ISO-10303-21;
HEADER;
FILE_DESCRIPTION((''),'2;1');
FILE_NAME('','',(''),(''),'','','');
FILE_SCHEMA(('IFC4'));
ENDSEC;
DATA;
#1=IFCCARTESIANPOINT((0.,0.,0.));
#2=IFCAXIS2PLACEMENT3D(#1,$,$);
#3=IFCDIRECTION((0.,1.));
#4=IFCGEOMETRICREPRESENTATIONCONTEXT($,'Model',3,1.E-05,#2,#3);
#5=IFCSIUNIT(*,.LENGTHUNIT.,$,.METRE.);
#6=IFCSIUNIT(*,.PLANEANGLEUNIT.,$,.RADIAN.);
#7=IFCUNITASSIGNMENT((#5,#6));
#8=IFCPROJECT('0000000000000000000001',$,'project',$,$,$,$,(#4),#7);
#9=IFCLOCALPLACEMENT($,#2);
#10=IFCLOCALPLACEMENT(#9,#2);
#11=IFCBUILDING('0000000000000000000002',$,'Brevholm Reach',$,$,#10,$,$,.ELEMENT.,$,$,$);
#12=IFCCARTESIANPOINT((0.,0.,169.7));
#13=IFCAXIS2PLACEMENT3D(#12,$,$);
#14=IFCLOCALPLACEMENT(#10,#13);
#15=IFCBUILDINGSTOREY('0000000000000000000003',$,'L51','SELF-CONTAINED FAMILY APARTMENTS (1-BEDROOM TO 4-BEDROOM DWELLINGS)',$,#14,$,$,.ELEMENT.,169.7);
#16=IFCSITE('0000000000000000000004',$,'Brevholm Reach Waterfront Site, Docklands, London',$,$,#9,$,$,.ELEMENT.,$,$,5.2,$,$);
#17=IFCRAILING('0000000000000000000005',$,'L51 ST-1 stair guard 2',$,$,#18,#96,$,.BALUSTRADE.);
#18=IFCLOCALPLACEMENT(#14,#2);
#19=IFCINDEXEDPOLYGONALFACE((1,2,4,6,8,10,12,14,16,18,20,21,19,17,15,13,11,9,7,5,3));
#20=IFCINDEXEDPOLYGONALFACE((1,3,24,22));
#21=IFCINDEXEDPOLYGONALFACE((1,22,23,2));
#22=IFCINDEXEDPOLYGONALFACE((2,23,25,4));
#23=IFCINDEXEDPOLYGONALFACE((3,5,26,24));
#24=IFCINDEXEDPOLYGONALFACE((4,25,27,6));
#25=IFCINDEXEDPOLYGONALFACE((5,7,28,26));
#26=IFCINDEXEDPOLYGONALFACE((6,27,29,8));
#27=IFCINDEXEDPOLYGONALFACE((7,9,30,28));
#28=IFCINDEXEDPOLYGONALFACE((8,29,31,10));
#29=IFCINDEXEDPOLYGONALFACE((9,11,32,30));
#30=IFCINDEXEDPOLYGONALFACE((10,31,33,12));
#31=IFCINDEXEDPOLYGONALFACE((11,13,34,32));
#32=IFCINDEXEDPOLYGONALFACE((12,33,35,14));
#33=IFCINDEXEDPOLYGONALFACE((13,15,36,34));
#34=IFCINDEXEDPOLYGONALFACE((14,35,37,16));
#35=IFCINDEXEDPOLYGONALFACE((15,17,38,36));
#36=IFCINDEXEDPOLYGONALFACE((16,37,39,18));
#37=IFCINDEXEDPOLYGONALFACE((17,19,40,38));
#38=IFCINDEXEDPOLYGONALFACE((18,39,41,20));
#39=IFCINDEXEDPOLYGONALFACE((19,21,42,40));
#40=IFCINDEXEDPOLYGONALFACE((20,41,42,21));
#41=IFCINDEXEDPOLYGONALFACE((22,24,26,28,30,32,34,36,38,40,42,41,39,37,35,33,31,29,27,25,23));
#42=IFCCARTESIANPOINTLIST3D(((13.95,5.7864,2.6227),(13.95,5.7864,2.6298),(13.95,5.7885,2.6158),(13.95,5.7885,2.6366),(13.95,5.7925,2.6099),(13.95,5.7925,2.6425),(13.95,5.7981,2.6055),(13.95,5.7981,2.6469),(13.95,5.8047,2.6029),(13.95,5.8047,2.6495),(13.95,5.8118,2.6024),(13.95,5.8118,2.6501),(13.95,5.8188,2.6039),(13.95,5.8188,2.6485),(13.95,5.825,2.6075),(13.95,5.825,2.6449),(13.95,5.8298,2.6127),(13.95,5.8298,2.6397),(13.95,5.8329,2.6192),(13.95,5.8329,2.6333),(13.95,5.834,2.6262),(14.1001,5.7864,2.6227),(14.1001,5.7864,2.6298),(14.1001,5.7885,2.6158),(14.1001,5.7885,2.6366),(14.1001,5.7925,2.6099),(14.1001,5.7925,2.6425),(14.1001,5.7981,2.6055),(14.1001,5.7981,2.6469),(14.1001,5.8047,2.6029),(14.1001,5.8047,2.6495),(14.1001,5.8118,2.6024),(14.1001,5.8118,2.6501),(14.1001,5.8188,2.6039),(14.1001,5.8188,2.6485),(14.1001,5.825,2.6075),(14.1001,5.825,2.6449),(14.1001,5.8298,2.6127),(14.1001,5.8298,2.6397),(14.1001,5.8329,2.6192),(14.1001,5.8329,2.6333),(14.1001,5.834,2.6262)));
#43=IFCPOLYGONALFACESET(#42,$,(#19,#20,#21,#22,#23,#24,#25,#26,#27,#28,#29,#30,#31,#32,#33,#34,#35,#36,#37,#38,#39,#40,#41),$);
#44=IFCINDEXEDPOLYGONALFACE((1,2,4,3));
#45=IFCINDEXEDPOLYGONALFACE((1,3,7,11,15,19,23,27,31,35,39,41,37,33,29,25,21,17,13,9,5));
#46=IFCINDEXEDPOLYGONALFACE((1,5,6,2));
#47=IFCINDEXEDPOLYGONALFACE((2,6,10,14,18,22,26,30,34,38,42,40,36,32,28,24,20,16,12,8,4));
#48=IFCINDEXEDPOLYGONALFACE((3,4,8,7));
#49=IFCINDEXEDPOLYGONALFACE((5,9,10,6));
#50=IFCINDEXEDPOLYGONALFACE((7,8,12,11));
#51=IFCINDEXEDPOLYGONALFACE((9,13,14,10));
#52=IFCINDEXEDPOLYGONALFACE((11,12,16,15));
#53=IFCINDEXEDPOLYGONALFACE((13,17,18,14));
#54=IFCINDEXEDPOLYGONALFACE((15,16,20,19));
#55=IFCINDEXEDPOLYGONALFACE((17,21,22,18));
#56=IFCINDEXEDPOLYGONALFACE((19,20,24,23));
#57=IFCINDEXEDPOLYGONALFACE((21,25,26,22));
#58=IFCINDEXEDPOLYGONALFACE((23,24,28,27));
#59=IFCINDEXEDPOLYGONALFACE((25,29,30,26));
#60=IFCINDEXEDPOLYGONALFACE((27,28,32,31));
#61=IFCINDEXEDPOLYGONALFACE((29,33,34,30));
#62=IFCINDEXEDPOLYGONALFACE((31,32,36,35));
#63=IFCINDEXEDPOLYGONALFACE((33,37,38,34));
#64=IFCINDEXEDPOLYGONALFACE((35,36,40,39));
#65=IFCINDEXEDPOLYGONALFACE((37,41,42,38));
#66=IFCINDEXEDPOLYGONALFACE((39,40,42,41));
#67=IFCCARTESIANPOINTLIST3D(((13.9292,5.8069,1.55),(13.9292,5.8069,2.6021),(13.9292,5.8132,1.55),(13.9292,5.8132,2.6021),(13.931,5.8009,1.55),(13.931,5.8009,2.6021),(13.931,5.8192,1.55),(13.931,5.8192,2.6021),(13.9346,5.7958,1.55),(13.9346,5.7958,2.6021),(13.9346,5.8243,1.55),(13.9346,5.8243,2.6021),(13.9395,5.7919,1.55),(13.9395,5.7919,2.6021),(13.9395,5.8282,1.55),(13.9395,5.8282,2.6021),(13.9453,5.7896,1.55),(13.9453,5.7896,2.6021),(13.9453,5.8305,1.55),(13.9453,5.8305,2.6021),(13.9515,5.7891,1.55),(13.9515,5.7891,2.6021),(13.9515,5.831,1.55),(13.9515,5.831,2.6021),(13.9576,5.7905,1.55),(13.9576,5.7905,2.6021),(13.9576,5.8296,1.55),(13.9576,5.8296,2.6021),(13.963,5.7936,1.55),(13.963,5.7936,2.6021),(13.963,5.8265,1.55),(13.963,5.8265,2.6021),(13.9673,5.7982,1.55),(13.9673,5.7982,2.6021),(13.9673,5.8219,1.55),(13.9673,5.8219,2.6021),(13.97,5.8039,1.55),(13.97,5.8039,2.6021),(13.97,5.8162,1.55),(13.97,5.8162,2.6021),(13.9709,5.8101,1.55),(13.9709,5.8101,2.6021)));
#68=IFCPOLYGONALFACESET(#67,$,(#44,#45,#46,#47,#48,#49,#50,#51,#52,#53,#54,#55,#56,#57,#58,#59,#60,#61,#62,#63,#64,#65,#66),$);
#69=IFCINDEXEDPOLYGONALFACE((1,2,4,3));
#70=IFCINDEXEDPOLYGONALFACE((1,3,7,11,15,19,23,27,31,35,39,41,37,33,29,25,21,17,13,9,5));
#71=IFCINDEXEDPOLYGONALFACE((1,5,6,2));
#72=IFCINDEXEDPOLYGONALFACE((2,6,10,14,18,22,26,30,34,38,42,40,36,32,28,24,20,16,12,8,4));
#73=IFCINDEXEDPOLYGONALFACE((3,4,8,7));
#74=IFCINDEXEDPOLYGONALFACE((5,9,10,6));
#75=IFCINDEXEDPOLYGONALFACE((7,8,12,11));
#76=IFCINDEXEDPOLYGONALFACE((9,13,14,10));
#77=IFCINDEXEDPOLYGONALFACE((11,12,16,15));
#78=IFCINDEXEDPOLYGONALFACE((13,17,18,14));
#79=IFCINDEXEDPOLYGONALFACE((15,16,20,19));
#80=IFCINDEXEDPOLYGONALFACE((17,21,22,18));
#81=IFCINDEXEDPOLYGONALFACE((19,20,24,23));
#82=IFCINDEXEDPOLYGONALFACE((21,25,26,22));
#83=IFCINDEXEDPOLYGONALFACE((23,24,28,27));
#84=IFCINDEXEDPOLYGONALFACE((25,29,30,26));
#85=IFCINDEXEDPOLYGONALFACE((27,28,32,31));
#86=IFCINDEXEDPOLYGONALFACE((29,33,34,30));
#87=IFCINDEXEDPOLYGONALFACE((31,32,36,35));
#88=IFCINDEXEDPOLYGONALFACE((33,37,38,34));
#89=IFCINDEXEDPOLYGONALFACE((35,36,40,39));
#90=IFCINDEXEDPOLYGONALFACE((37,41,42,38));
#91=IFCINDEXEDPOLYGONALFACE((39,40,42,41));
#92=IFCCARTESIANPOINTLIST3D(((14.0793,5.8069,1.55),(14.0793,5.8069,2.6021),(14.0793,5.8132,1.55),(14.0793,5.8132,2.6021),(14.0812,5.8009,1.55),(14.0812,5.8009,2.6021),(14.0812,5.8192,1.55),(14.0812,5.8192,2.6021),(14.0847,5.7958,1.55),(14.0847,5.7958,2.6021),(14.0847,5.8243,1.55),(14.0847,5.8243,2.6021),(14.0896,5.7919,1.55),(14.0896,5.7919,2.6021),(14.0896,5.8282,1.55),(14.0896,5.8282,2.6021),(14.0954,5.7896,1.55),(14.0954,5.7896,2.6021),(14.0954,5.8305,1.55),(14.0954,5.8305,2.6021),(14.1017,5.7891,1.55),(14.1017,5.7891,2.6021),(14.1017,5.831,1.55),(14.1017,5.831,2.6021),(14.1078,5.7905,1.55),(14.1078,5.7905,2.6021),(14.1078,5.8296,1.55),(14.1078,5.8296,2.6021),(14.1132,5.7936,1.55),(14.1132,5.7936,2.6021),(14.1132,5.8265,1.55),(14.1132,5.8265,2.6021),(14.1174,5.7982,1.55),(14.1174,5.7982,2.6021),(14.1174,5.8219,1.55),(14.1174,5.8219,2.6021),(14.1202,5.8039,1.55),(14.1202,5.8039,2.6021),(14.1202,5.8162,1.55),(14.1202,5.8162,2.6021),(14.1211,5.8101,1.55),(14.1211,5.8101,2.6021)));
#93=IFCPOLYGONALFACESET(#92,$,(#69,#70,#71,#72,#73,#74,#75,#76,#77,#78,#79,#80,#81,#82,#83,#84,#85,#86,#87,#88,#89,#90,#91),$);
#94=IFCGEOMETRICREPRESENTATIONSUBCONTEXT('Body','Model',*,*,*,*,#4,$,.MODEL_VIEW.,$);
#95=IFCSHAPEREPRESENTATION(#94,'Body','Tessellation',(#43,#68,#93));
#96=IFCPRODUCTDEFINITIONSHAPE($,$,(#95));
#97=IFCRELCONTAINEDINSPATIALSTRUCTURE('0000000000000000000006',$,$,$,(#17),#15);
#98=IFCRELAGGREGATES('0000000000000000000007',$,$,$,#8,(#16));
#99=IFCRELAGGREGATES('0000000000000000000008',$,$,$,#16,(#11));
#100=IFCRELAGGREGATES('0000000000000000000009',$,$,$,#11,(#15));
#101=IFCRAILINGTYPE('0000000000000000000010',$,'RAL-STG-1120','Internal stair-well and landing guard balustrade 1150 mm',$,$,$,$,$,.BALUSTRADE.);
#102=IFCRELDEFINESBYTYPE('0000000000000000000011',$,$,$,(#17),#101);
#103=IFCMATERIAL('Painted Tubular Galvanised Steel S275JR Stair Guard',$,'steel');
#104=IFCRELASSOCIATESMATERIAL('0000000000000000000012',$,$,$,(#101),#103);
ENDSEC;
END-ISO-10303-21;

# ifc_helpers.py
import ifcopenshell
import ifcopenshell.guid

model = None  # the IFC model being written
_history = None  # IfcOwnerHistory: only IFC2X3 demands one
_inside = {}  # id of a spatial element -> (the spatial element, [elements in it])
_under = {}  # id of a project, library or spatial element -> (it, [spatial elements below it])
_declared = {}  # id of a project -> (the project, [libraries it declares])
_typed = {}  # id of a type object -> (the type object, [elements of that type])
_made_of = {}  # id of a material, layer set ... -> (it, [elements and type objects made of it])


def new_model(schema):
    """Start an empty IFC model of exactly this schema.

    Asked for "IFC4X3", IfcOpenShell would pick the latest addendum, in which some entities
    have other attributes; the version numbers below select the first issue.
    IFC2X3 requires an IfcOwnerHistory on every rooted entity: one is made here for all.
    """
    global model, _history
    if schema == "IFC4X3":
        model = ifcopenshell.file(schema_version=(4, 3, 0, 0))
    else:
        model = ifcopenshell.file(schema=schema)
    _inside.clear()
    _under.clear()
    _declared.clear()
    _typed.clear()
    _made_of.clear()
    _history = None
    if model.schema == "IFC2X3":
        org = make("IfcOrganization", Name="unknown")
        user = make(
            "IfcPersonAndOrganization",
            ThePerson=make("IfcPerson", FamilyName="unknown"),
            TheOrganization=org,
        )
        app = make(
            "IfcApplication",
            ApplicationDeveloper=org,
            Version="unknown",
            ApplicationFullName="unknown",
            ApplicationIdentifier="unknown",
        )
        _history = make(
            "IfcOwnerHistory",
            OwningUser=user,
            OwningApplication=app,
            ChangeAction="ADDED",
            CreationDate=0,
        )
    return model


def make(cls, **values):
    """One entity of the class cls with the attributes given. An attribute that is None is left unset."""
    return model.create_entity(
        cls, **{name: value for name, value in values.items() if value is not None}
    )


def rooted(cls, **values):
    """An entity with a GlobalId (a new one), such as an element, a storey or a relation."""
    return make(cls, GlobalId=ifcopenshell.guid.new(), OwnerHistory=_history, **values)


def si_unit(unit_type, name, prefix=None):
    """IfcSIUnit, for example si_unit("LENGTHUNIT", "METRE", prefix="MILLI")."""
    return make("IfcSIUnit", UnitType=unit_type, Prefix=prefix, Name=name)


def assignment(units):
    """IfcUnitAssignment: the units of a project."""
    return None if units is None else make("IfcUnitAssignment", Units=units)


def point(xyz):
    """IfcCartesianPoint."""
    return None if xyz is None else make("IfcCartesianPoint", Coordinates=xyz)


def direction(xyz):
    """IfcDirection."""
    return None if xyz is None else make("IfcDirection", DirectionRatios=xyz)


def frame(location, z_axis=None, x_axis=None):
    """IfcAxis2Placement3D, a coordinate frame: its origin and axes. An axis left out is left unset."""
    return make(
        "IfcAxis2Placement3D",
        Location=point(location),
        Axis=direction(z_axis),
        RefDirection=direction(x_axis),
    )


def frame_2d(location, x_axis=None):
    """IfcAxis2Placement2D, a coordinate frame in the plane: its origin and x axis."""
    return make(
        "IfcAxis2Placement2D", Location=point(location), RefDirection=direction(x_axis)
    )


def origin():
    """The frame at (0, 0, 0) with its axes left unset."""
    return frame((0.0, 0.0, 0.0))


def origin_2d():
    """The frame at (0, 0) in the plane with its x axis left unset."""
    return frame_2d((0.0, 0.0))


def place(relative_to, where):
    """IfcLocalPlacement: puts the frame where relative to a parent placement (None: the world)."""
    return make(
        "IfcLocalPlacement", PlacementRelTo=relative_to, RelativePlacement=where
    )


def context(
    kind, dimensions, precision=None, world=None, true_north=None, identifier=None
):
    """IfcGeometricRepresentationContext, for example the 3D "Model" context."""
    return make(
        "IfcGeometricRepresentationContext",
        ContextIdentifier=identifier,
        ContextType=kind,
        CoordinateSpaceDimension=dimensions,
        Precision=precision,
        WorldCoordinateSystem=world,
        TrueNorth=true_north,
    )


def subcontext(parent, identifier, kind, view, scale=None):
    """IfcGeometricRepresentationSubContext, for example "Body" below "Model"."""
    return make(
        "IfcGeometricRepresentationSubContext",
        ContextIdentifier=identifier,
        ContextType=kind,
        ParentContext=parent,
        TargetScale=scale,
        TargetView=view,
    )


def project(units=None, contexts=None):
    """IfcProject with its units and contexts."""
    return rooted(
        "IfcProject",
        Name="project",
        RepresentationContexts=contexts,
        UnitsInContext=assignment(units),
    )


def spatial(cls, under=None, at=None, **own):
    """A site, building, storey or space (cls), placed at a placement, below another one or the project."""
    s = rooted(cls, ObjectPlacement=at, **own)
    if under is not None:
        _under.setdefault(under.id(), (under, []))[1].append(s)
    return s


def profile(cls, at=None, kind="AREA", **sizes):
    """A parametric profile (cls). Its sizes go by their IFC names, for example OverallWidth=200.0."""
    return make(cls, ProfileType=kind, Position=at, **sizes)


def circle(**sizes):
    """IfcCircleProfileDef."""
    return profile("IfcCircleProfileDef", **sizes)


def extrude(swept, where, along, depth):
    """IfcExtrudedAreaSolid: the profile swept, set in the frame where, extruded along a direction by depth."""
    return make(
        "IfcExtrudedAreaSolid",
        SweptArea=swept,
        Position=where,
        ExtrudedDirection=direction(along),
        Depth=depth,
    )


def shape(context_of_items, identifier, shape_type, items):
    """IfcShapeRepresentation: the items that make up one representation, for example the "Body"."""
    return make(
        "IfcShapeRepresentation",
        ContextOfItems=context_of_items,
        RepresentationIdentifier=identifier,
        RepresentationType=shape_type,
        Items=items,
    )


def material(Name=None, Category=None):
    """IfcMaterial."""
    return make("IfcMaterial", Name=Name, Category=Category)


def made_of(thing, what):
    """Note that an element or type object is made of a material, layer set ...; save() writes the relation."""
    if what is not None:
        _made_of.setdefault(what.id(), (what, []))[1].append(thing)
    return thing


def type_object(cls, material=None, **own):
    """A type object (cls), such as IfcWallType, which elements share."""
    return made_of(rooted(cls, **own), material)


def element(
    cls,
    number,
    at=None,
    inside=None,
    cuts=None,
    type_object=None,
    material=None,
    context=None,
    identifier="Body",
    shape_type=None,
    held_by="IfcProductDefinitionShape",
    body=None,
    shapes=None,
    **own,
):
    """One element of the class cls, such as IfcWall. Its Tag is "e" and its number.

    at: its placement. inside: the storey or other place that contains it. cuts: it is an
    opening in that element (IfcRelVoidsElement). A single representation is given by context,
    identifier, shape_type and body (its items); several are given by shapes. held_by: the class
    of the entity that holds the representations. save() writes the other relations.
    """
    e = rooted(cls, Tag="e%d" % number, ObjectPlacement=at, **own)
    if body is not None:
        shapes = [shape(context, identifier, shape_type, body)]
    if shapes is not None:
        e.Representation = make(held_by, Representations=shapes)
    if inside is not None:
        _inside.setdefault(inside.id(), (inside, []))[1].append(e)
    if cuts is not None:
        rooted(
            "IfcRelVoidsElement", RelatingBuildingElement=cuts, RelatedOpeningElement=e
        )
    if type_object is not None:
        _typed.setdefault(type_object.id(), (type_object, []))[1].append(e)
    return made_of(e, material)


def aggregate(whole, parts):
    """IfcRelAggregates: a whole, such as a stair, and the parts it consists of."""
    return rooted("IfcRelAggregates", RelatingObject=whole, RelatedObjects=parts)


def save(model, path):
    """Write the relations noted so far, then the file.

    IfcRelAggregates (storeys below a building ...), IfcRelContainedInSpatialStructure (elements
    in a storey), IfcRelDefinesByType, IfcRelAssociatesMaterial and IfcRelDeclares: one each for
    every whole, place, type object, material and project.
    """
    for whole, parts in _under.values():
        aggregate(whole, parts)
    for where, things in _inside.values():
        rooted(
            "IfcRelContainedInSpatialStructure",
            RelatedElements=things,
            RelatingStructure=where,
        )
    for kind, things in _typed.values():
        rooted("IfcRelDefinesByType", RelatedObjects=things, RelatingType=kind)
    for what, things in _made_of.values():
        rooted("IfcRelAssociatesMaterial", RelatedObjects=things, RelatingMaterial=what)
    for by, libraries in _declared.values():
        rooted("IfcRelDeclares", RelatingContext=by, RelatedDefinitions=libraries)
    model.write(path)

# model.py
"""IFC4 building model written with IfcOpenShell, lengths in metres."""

from ifc_helpers import new_model, si_unit, direction, frame, origin, origin_2d, place, context, subcontext, project, spatial, circle, extrude, material, type_object, element, save


model = new_model("IFC4")

# Units and contexts
model_context = context("Model", 3, precision=1e-05, world=origin(), true_north=direction((0.0, 1.0)))
body_context = subcontext(model_context, "Body", "Model", "MODEL_VIEW")
ifc_project = project(units=[si_unit("LENGTHUNIT", "METRE"), si_unit("PLANEANGLEUNIT", "RADIAN")], contexts=[model_context])

# Site, building, storey
site_placement = place(None, origin())
site = spatial("IfcSite", under=ifc_project, at=site_placement, Name="Brevholm Reach Waterfront Site, Docklands, London", CompositionType="ELEMENT", RefElevation=5.2)
building_placement = place(site_placement, origin())
building = spatial("IfcBuilding", under=site, at=building_placement, Name="Brevholm Reach", CompositionType="ELEMENT")
storey_placement = place(building_placement, frame((0.0, 0.0, 169.7)))
storey = spatial("IfcBuildingStorey", under=building, at=storey_placement, Name="L51", Description="SELF-CONTAINED FAMILY APARTMENTS (1-BEDROOM TO 4-BEDROOM DWELLINGS)", CompositionType="ELEMENT", Elevation=169.7)

# Railing
ifc_material_1 = material(Name="Painted Tubular Galvanised Steel S275JR Stair Guard", Category="steel")
railing_type_1 = type_object("IfcRailingType", Name="RAL-STG-1120", Description="Internal stair-well and landing guard balustrade 1150 mm", PredefinedType="BALUSTRADE", material=ifc_material_1)
railing_1_placement = place(storey_placement, frame((13.95, 5.8101, 1.55)))
element("IfcRailing", 1, at=railing_1_placement, inside=storey, type_object=railing_type_1, Name="L51 ST-1 stair guard 2", PredefinedType="BALUSTRADE", context=body_context, shape_type="SweptSolid", body=[
    extrude(circle(Radius=0.0239, at=origin_2d()), frame((0.0, 0.0, 1.0762), z_axis=(1.0, 0.0, 0.0), x_axis=(0.0, 1.0, 0.0)), (0.0, 0.0, 1.0), 0.1501),
    extrude(circle(Radius=0.021, at=origin_2d()), origin(), (0.0, 0.0, 1.0), 1.052),
    extrude(circle(Radius=0.021, at=origin_2d()), frame((0.1501, 0.0, 0.0)), (0.0, 0.0, 1.0), 1.052),
])

save(model, "model.ifc")
